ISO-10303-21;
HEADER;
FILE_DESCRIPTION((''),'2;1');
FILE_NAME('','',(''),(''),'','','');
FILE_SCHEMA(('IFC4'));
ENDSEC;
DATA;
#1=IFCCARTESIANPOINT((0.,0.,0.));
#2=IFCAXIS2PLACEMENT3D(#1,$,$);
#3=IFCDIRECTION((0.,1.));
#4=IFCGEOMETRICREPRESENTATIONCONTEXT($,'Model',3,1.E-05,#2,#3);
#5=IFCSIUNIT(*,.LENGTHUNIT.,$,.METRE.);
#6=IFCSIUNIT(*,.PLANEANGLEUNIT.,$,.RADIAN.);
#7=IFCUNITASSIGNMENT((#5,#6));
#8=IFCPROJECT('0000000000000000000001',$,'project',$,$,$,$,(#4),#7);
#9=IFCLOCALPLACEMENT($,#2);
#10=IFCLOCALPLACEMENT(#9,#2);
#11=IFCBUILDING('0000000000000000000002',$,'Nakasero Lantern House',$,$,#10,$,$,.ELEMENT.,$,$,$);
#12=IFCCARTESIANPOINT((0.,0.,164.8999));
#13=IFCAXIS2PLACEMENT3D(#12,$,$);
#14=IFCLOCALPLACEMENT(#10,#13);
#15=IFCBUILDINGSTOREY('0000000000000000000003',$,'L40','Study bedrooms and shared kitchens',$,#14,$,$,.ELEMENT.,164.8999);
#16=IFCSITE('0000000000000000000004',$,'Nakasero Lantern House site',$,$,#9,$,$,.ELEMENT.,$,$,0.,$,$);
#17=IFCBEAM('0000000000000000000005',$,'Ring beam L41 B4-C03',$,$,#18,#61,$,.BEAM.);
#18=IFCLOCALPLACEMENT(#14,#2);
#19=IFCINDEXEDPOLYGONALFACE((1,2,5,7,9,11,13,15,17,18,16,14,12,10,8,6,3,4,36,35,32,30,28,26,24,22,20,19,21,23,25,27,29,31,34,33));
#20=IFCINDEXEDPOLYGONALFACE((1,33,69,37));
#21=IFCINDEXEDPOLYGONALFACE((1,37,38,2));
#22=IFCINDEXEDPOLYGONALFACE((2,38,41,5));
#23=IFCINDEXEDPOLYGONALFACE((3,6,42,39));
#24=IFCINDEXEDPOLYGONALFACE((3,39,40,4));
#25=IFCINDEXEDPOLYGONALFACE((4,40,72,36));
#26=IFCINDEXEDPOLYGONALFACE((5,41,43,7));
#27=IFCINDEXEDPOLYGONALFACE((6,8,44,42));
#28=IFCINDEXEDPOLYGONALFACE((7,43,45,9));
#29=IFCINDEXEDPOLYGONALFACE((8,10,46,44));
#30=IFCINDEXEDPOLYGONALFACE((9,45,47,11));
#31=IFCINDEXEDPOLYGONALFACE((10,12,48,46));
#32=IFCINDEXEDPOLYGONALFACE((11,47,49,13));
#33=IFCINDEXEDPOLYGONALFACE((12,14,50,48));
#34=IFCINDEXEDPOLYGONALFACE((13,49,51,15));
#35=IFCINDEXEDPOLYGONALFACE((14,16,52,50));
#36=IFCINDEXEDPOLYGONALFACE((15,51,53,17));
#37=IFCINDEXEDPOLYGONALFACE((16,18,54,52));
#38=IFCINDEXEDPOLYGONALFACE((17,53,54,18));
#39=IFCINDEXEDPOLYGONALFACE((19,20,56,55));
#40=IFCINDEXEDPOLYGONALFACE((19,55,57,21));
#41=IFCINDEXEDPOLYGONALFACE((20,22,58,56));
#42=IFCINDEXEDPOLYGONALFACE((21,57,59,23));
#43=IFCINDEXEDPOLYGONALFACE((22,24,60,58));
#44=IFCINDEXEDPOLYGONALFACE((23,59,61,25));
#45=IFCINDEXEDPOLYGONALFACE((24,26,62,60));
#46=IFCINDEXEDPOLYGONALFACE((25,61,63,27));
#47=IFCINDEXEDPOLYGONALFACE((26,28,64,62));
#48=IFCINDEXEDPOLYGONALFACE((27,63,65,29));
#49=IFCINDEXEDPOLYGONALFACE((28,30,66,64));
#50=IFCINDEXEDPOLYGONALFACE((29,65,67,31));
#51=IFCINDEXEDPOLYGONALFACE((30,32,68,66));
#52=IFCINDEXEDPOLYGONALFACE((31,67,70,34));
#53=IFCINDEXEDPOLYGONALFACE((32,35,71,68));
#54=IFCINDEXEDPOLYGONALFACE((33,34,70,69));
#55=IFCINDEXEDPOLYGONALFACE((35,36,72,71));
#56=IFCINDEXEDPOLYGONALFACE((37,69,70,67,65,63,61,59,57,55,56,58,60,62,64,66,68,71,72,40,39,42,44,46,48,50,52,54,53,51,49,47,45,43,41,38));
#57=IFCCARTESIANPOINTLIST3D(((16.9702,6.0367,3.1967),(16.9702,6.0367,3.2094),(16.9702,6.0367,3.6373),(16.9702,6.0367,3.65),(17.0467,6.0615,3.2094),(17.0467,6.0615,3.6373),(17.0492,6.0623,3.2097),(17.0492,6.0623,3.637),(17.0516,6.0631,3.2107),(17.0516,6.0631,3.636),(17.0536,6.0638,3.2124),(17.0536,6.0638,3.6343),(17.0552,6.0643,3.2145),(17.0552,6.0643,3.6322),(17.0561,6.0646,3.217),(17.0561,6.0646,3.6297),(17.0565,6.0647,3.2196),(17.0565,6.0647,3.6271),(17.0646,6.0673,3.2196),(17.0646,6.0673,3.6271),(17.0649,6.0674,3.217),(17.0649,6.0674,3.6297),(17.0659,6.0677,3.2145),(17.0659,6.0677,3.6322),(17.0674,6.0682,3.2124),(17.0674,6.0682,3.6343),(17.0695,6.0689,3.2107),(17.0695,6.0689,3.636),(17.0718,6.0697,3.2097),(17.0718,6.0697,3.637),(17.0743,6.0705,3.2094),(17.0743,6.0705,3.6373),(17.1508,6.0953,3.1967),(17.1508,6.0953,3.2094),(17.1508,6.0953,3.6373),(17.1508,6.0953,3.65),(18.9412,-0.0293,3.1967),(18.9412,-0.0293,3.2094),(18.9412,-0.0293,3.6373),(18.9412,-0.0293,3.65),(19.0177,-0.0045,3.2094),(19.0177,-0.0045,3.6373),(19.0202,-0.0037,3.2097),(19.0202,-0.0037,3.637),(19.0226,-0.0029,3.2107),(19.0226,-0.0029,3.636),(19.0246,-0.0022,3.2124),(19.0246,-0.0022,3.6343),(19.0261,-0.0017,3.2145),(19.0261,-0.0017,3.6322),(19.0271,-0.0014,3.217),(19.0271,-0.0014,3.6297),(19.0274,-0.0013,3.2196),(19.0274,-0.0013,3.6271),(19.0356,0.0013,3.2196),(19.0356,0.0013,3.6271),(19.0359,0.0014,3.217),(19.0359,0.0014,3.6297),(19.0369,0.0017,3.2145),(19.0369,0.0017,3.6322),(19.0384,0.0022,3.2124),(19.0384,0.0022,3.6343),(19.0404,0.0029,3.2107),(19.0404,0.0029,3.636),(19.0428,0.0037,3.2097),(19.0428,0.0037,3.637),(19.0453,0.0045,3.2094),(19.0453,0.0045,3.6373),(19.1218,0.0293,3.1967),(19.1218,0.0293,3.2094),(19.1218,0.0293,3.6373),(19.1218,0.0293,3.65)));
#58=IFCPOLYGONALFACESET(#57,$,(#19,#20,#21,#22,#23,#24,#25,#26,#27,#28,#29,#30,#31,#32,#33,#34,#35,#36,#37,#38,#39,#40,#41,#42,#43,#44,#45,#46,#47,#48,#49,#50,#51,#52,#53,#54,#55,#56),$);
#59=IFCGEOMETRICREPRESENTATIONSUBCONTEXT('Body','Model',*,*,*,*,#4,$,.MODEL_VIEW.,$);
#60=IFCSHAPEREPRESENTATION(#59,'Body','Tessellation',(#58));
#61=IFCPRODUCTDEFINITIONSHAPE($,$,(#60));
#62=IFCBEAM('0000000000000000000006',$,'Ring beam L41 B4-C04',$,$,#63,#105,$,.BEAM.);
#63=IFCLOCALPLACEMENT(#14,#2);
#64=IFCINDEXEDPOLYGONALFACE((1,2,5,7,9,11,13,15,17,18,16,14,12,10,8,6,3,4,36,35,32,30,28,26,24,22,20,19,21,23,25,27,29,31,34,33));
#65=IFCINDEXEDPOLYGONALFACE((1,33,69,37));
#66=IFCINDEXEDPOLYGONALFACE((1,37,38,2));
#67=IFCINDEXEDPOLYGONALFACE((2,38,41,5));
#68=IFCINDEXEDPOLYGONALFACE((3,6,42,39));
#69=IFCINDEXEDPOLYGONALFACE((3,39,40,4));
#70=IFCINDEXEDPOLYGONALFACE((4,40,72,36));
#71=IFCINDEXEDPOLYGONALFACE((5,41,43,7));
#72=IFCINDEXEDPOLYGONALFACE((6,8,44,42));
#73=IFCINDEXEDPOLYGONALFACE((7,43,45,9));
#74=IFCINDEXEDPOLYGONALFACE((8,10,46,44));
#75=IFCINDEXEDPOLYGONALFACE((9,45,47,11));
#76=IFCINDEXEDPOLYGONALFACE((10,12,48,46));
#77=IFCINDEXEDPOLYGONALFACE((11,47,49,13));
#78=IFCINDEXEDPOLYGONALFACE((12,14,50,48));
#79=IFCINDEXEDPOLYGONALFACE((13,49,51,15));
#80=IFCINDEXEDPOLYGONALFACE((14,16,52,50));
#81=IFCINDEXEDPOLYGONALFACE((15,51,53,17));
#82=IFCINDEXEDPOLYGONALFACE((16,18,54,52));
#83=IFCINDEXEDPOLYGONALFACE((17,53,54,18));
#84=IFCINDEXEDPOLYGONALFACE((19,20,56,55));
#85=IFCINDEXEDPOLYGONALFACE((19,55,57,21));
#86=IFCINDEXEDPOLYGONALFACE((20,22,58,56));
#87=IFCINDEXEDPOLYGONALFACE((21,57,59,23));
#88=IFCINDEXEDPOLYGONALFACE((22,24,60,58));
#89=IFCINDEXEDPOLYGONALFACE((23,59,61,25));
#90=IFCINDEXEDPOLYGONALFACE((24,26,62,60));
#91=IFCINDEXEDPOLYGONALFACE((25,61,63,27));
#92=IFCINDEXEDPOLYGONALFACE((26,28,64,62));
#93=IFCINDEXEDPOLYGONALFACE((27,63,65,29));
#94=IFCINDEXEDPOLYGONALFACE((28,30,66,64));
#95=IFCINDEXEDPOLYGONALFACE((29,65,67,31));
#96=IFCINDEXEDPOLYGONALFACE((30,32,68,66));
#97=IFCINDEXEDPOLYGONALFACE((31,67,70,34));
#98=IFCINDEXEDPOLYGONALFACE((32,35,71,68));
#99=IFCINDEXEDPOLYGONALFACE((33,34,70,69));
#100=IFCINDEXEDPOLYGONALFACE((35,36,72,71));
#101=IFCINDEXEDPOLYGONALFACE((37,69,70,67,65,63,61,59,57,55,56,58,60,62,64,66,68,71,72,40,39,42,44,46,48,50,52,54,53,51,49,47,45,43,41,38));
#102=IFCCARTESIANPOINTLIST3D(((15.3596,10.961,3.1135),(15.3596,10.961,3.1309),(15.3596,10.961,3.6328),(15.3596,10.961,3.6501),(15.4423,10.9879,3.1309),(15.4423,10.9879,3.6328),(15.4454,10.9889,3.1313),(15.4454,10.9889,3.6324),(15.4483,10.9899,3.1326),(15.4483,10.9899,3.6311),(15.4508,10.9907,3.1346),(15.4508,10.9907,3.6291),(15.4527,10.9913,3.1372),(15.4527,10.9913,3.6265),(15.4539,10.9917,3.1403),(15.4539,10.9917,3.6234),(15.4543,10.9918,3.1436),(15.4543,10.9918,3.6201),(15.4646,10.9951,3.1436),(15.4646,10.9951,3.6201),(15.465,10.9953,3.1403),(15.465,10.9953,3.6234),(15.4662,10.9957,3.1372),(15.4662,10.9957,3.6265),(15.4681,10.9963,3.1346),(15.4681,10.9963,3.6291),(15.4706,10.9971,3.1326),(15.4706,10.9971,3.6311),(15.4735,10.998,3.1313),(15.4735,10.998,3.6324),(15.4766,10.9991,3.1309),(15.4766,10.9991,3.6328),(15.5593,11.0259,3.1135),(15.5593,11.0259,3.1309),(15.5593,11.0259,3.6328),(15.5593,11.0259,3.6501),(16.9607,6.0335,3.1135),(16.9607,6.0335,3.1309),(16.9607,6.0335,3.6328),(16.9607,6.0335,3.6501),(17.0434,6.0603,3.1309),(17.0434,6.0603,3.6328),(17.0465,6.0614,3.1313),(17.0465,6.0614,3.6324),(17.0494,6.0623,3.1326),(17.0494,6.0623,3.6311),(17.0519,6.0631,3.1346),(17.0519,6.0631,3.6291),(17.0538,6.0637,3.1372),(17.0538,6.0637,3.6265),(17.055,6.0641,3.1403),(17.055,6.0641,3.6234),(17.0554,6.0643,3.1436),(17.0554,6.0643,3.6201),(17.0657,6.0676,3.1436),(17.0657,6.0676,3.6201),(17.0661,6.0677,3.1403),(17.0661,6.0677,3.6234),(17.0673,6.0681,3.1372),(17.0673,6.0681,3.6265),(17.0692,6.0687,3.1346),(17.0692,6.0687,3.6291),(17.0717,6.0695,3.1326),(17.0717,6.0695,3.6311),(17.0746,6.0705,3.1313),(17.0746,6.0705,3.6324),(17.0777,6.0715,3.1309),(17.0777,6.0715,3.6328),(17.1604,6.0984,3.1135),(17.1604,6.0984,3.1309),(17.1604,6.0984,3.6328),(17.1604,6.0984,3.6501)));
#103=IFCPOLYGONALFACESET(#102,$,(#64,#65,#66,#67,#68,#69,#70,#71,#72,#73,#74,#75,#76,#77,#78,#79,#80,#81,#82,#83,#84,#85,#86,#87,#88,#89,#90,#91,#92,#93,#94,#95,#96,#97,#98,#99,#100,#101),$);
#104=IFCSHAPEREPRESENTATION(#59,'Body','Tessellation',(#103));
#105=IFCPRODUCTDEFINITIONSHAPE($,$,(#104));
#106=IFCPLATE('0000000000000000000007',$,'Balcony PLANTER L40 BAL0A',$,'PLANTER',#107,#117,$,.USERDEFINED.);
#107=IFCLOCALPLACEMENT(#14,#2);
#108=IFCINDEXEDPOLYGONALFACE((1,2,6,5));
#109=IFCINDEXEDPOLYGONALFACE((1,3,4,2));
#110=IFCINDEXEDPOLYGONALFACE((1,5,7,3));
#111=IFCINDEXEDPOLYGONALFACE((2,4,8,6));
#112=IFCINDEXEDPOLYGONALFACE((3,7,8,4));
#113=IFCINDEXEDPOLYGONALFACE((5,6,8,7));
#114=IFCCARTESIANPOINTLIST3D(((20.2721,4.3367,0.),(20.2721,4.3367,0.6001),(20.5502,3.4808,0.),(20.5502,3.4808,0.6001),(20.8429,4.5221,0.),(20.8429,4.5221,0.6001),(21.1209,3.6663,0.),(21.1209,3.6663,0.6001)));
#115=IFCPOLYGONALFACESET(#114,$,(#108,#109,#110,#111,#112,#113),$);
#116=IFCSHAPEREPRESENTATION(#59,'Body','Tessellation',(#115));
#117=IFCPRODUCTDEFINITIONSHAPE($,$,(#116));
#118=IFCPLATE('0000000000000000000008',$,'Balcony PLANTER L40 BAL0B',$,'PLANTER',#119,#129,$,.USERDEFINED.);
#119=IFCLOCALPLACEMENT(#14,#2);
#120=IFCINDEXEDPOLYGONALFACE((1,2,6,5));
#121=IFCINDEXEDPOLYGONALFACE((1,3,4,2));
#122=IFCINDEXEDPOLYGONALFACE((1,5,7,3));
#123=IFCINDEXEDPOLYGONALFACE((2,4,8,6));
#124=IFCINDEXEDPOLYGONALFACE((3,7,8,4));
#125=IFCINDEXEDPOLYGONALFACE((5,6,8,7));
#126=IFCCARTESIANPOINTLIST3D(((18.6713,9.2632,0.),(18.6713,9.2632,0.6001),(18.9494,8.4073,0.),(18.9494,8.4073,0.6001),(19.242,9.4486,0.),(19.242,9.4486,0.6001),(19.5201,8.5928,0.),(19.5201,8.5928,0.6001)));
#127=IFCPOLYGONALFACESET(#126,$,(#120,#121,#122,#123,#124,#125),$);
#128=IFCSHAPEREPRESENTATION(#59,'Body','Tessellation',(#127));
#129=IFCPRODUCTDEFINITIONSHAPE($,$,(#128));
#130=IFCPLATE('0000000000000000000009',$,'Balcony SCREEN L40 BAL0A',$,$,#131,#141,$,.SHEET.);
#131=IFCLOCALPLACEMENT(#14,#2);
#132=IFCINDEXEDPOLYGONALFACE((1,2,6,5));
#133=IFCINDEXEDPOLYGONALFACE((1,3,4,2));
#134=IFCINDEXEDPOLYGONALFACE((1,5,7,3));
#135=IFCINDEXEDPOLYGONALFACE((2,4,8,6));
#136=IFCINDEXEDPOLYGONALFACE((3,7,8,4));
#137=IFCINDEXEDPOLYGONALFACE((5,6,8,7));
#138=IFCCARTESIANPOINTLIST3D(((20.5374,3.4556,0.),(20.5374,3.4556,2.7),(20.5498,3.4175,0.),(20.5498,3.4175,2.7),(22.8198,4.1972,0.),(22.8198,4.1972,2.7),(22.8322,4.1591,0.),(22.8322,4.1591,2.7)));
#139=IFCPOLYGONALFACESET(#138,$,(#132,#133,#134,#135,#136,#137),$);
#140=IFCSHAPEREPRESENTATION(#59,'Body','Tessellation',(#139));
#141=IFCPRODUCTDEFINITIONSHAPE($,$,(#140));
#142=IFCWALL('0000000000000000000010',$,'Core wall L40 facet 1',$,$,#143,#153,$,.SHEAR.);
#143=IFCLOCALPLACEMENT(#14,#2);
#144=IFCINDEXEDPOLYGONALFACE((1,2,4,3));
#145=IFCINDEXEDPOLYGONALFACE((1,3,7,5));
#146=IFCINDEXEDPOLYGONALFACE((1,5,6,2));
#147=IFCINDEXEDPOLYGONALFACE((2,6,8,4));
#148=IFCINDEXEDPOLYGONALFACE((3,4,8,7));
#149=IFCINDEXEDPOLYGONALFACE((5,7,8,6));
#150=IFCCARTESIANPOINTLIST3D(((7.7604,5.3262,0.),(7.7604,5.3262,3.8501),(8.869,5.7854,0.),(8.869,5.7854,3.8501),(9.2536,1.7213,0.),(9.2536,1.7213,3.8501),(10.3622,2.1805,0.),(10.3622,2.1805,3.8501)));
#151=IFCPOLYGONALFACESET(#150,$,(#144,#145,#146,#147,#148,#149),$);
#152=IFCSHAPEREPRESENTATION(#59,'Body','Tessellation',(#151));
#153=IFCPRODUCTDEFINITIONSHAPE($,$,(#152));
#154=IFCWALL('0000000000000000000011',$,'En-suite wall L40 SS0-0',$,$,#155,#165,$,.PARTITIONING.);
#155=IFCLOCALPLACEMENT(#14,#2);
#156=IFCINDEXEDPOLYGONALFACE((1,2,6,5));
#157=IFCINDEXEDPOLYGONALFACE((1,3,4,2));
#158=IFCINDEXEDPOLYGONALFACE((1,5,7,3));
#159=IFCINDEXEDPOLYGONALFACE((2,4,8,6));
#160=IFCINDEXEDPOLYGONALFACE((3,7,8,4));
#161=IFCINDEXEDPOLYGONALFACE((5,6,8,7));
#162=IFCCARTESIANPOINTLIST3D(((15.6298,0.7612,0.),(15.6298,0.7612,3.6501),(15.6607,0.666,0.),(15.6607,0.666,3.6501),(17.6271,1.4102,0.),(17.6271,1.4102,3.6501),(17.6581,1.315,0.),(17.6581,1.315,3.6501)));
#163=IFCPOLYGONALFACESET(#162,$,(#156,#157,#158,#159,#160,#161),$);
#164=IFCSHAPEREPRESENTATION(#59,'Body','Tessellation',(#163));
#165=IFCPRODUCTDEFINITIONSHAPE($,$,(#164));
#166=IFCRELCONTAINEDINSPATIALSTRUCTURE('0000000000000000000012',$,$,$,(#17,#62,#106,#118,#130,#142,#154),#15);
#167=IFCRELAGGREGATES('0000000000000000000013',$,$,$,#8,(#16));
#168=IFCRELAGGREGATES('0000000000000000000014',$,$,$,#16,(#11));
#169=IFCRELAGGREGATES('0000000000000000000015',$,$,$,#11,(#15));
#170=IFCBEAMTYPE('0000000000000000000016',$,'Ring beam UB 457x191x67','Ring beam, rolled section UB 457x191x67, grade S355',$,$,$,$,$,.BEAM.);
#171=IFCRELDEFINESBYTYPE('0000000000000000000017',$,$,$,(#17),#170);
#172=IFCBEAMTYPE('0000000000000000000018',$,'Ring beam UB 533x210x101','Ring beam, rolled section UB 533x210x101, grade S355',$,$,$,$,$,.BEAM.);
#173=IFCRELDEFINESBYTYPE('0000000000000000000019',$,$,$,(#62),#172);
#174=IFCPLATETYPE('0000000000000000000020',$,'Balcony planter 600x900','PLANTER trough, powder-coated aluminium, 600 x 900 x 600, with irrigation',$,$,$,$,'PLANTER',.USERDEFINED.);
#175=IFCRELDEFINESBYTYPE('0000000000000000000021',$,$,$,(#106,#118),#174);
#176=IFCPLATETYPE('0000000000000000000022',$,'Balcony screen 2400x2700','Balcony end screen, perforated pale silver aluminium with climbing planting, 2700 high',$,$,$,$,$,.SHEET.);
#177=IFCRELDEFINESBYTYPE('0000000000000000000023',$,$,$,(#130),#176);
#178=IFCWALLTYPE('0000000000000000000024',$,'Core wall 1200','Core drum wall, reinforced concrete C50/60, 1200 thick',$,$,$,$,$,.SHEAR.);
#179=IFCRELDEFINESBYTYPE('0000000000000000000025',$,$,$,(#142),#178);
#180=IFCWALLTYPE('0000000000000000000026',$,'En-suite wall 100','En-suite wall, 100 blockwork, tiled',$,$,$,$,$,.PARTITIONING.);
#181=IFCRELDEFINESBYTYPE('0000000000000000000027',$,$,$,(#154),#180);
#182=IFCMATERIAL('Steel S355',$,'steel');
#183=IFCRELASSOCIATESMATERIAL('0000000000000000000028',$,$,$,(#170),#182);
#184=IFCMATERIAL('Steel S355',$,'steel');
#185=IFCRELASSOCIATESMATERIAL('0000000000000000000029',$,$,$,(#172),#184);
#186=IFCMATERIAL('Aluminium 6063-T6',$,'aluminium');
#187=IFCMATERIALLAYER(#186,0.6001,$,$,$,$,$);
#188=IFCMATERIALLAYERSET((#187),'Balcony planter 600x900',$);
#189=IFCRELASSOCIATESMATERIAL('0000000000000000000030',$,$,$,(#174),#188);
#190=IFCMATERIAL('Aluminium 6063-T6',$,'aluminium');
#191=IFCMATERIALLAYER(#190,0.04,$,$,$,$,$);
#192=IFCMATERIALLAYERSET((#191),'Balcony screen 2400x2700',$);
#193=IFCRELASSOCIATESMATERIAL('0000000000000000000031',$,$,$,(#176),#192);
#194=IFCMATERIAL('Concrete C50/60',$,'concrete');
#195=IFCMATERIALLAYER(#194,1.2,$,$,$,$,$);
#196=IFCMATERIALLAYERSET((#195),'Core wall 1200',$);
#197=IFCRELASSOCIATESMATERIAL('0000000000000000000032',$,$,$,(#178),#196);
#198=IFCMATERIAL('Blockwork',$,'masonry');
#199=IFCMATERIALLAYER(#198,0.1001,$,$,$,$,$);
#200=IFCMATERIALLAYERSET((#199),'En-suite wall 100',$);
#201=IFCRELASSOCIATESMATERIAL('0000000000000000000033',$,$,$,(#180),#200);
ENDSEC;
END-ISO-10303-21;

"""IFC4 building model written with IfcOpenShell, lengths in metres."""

from ifc_helpers import new_model, si_unit, direction, frame, frame_2d, origin, origin_2d, place, context, subcontext, project, spatial, rectangle, i_section, extrude, material, layer, layer_set, material_profile, profile_set, type_object, element, save


model = new_model("IFC4")

# Units and contexts
model_context = context("Model", 3, precision=1e-05, world=origin(), true_north=direction((0.0, 1.0)))
body_context = subcontext(model_context, "Body", "Model", "MODEL_VIEW")
ifc_project = project(units=[si_unit("LENGTHUNIT", "METRE"), si_unit("PLANEANGLEUNIT", "RADIAN")], contexts=[model_context])

# Site, building, storey
site_placement = place(None, origin())
site = spatial("IfcSite", under=ifc_project, at=site_placement, Name="Nakasero Lantern House site", CompositionType="ELEMENT", RefElevation=0.0)
building_placement = place(site_placement, origin())
building = spatial("IfcBuilding", under=site, at=building_placement, Name="Nakasero Lantern House", CompositionType="ELEMENT")
storey_placement = place(building_placement, frame((0.0, 0.0, 164.8999)))
storey = spatial("IfcBuildingStorey", under=building, at=storey_placement, Name="L40", Description="Study bedrooms and shared kitchens", CompositionType="ELEMENT", Elevation=164.8999)

# Beams
ifc_material_1 = material(Name="Steel S355", Category="steel")
ifc_material_profile_1 = material_profile(ifc_material_1, i_section(OverallWidth=0.1899, OverallDepth=0.4534, WebThickness=0.0085, FlangeThickness=0.0127, FilletRadius=0.0103, at=origin_2d()), Name="UB 457x191x67")
ifc_profile_set_1 = profile_set([ifc_material_profile_1], Name="Steel S355")
beam_type_1 = type_object("IfcBeamType", Name="Ring beam UB 457x191x67", Description="Ring beam, rolled section UB 457x191x67, grade S355", PredefinedType="BEAM", material=ifc_profile_set_1)
beam_1_placement = place(storey_placement, frame((19.0315, 0.0, 3.4233), z_axis=(-0.309019, 0.951056, 0.0), x_axis=(-0.951056, -0.309019, 0.0)))
element("IfcBeam", 1, at=beam_1_placement, inside=storey, type_object=beam_type_1, Name="Ring beam L41 B4-C03", PredefinedType="BEAM", context=body_context, shape_type="SweptSolid", body=[
    extrude(i_section(OverallWidth=0.1899, OverallDepth=0.4534, WebThickness=0.0085, FlangeThickness=0.0127, FilletRadius=0.0103, at=origin_2d()), origin(), (0.0, 0.0, 1.0), 6.3782),
])
ifc_material_2 = material(Name="Steel S355", Category="steel")
ifc_material_profile_2 = material_profile(ifc_material_2, i_section(OverallWidth=0.21, OverallDepth=0.5366, WebThickness=0.0107, FlangeThickness=0.0173, FilletRadius=0.0127, at=origin_2d()), Name="UB 533x210x101")
ifc_profile_set_2 = profile_set([ifc_material_profile_2], Name="Steel S355")
beam_type_2 = type_object("IfcBeamType", Name="Ring beam UB 533x210x101", Description="Ring beam, rolled section UB 533x210x101, grade S355", PredefinedType="BEAM", material=ifc_profile_set_2)
beam_2_placement = place(storey_placement, frame((17.0605, 6.0659, 3.3818), z_axis=(-0.309023, 0.951054, 0.0), x_axis=(-0.951054, -0.309023, 0.0)))
element("IfcBeam", 2, at=beam_2_placement, inside=storey, type_object=beam_type_2, Name="Ring beam L41 B4-C04", PredefinedType="BEAM", context=body_context, shape_type="SweptSolid", body=[
    extrude(i_section(OverallWidth=0.21, OverallDepth=0.5366, WebThickness=0.0107, FlangeThickness=0.0173, FilletRadius=0.0127, at=origin_2d()), origin(), (0.0, 0.0, 1.0), 5.1812),
])

# Plates
ifc_material_3 = material(Name="Aluminium 6063-T6", Category="aluminium")
ifc_layer_1 = layer(ifc_material_3, 0.6001)
ifc_layer_set_1 = layer_set([ifc_layer_1], Name="Balcony planter 600x900")
plate_type_1 = type_object("IfcPlateType", Name="Balcony planter 600x900", Description="PLANTER trough, powder-coated aluminium, 600 x 900 x 600, with irrigation", ElementType="PLANTER", PredefinedType="USERDEFINED", material=ifc_layer_set_1)
for number, where, z_axis, x_axis, name in (
    (3, (20.6965, 4.0015, 0.0), (0.0, 0.0, 1.0), (0.951057, 0.309017, 0.0), "Balcony PLANTER L40 BAL0A"),
    (4, (19.0957, 8.928, 0.0), (0.0, 0.0, 1.0), (0.951057, 0.309017, 0.0), "Balcony PLANTER L40 BAL0B"),
):
    element("IfcPlate", number, at=place(storey_placement, frame(where, z_axis=z_axis, x_axis=x_axis)), inside=storey, type_object=plate_type_1, Name=name, ObjectType="PLANTER", PredefinedType="USERDEFINED", context=body_context, shape_type="SweptSolid", body=[
        extrude(rectangle(XDim=0.6001, YDim=0.8999, at=origin_2d()), origin(), (0.0, 0.0, 1.0), 0.6001),
    ])
ifc_material_4 = material(Name="Aluminium 6063-T6", Category="aluminium")
ifc_layer_2 = layer(ifc_material_4, 0.04)
ifc_layer_set_2 = layer_set([ifc_layer_2], Name="Balcony screen 2400x2700")
plate_type_2 = type_object("IfcPlateType", Name="Balcony screen 2400x2700", Description="Balcony end screen, perforated pale silver aluminium with climbing planting, 2700 high", PredefinedType="SHEET", material=ifc_layer_set_2)
plate_placement = place(storey_placement, frame((21.6848, 3.8074, 0.0), z_axis=(0.0, 0.0, 1.0), x_axis=(0.951057, 0.309017, 0.0)))
element("IfcPlate", 5, at=plate_placement, inside=storey, type_object=plate_type_2, Name="Balcony SCREEN L40 BAL0A", PredefinedType="SHEET", context=body_context, shape_type="SweptSolid", body=[
    extrude(rectangle(XDim=2.3999, YDim=0.04, at=origin_2d()), origin(), (0.0, 0.0, 1.0), 2.7),
])

# Walls
ifc_material_5 = material(Name="Concrete C50/60", Category="concrete")
ifc_layer_3 = layer(ifc_material_5, 1.2)
ifc_layer_set_3 = layer_set([ifc_layer_3], Name="Core wall 1200")
wall_type_1 = type_object("IfcWallType", Name="Core wall 1200", Description="Core drum wall, reinforced concrete C50/60, 1200 thick", PredefinedType="SHEAR", material=ifc_layer_set_3)
wall_1_placement = place(storey_placement, frame((9.8079, 1.9509, 0.0), z_axis=(0.0, 0.0, 1.0), x_axis=(-0.382691, 0.923877, 0.0)))
element("IfcWall", 6, at=wall_1_placement, inside=storey, type_object=wall_type_1, Name="Core wall L40 facet 1", PredefinedType="SHEAR", context=body_context, shape_type="SweptSolid", body=[
    extrude(rectangle(XDim=3.9019, YDim=1.2, at=frame_2d((1.9509, 0.0))), origin(), (0.0, 0.0, 1.0), 3.8501),
])
ifc_material_6 = material(Name="Blockwork", Category="masonry")
ifc_layer_4 = layer(ifc_material_6, 0.1001)
ifc_layer_set_4 = layer_set([ifc_layer_4], Name="En-suite wall 100")
wall_type_2 = type_object("IfcWallType", Name="En-suite wall 100", Description="En-suite wall, 100 blockwork, tiled", PredefinedType="PARTITIONING", material=ifc_layer_set_4)
wall_2_placement = place(storey_placement, frame((15.6453, 0.7136, 0.0), z_axis=(0.0, 0.0, 1.0), x_axis=(0.951062, 0.308999, 0.0)))
element("IfcWall", 7, at=wall_2_placement, inside=storey, type_object=wall_type_2, Name="En-suite wall L40 SS0-0", PredefinedType="PARTITIONING", context=body_context, shape_type="SweptSolid", body=[
    extrude(rectangle(XDim=2.1001, YDim=0.1001, at=frame_2d((1.05, 0.0))), origin(), (0.0, 0.0, 1.0), 3.6501),
])

save(model, "model.ifc")
